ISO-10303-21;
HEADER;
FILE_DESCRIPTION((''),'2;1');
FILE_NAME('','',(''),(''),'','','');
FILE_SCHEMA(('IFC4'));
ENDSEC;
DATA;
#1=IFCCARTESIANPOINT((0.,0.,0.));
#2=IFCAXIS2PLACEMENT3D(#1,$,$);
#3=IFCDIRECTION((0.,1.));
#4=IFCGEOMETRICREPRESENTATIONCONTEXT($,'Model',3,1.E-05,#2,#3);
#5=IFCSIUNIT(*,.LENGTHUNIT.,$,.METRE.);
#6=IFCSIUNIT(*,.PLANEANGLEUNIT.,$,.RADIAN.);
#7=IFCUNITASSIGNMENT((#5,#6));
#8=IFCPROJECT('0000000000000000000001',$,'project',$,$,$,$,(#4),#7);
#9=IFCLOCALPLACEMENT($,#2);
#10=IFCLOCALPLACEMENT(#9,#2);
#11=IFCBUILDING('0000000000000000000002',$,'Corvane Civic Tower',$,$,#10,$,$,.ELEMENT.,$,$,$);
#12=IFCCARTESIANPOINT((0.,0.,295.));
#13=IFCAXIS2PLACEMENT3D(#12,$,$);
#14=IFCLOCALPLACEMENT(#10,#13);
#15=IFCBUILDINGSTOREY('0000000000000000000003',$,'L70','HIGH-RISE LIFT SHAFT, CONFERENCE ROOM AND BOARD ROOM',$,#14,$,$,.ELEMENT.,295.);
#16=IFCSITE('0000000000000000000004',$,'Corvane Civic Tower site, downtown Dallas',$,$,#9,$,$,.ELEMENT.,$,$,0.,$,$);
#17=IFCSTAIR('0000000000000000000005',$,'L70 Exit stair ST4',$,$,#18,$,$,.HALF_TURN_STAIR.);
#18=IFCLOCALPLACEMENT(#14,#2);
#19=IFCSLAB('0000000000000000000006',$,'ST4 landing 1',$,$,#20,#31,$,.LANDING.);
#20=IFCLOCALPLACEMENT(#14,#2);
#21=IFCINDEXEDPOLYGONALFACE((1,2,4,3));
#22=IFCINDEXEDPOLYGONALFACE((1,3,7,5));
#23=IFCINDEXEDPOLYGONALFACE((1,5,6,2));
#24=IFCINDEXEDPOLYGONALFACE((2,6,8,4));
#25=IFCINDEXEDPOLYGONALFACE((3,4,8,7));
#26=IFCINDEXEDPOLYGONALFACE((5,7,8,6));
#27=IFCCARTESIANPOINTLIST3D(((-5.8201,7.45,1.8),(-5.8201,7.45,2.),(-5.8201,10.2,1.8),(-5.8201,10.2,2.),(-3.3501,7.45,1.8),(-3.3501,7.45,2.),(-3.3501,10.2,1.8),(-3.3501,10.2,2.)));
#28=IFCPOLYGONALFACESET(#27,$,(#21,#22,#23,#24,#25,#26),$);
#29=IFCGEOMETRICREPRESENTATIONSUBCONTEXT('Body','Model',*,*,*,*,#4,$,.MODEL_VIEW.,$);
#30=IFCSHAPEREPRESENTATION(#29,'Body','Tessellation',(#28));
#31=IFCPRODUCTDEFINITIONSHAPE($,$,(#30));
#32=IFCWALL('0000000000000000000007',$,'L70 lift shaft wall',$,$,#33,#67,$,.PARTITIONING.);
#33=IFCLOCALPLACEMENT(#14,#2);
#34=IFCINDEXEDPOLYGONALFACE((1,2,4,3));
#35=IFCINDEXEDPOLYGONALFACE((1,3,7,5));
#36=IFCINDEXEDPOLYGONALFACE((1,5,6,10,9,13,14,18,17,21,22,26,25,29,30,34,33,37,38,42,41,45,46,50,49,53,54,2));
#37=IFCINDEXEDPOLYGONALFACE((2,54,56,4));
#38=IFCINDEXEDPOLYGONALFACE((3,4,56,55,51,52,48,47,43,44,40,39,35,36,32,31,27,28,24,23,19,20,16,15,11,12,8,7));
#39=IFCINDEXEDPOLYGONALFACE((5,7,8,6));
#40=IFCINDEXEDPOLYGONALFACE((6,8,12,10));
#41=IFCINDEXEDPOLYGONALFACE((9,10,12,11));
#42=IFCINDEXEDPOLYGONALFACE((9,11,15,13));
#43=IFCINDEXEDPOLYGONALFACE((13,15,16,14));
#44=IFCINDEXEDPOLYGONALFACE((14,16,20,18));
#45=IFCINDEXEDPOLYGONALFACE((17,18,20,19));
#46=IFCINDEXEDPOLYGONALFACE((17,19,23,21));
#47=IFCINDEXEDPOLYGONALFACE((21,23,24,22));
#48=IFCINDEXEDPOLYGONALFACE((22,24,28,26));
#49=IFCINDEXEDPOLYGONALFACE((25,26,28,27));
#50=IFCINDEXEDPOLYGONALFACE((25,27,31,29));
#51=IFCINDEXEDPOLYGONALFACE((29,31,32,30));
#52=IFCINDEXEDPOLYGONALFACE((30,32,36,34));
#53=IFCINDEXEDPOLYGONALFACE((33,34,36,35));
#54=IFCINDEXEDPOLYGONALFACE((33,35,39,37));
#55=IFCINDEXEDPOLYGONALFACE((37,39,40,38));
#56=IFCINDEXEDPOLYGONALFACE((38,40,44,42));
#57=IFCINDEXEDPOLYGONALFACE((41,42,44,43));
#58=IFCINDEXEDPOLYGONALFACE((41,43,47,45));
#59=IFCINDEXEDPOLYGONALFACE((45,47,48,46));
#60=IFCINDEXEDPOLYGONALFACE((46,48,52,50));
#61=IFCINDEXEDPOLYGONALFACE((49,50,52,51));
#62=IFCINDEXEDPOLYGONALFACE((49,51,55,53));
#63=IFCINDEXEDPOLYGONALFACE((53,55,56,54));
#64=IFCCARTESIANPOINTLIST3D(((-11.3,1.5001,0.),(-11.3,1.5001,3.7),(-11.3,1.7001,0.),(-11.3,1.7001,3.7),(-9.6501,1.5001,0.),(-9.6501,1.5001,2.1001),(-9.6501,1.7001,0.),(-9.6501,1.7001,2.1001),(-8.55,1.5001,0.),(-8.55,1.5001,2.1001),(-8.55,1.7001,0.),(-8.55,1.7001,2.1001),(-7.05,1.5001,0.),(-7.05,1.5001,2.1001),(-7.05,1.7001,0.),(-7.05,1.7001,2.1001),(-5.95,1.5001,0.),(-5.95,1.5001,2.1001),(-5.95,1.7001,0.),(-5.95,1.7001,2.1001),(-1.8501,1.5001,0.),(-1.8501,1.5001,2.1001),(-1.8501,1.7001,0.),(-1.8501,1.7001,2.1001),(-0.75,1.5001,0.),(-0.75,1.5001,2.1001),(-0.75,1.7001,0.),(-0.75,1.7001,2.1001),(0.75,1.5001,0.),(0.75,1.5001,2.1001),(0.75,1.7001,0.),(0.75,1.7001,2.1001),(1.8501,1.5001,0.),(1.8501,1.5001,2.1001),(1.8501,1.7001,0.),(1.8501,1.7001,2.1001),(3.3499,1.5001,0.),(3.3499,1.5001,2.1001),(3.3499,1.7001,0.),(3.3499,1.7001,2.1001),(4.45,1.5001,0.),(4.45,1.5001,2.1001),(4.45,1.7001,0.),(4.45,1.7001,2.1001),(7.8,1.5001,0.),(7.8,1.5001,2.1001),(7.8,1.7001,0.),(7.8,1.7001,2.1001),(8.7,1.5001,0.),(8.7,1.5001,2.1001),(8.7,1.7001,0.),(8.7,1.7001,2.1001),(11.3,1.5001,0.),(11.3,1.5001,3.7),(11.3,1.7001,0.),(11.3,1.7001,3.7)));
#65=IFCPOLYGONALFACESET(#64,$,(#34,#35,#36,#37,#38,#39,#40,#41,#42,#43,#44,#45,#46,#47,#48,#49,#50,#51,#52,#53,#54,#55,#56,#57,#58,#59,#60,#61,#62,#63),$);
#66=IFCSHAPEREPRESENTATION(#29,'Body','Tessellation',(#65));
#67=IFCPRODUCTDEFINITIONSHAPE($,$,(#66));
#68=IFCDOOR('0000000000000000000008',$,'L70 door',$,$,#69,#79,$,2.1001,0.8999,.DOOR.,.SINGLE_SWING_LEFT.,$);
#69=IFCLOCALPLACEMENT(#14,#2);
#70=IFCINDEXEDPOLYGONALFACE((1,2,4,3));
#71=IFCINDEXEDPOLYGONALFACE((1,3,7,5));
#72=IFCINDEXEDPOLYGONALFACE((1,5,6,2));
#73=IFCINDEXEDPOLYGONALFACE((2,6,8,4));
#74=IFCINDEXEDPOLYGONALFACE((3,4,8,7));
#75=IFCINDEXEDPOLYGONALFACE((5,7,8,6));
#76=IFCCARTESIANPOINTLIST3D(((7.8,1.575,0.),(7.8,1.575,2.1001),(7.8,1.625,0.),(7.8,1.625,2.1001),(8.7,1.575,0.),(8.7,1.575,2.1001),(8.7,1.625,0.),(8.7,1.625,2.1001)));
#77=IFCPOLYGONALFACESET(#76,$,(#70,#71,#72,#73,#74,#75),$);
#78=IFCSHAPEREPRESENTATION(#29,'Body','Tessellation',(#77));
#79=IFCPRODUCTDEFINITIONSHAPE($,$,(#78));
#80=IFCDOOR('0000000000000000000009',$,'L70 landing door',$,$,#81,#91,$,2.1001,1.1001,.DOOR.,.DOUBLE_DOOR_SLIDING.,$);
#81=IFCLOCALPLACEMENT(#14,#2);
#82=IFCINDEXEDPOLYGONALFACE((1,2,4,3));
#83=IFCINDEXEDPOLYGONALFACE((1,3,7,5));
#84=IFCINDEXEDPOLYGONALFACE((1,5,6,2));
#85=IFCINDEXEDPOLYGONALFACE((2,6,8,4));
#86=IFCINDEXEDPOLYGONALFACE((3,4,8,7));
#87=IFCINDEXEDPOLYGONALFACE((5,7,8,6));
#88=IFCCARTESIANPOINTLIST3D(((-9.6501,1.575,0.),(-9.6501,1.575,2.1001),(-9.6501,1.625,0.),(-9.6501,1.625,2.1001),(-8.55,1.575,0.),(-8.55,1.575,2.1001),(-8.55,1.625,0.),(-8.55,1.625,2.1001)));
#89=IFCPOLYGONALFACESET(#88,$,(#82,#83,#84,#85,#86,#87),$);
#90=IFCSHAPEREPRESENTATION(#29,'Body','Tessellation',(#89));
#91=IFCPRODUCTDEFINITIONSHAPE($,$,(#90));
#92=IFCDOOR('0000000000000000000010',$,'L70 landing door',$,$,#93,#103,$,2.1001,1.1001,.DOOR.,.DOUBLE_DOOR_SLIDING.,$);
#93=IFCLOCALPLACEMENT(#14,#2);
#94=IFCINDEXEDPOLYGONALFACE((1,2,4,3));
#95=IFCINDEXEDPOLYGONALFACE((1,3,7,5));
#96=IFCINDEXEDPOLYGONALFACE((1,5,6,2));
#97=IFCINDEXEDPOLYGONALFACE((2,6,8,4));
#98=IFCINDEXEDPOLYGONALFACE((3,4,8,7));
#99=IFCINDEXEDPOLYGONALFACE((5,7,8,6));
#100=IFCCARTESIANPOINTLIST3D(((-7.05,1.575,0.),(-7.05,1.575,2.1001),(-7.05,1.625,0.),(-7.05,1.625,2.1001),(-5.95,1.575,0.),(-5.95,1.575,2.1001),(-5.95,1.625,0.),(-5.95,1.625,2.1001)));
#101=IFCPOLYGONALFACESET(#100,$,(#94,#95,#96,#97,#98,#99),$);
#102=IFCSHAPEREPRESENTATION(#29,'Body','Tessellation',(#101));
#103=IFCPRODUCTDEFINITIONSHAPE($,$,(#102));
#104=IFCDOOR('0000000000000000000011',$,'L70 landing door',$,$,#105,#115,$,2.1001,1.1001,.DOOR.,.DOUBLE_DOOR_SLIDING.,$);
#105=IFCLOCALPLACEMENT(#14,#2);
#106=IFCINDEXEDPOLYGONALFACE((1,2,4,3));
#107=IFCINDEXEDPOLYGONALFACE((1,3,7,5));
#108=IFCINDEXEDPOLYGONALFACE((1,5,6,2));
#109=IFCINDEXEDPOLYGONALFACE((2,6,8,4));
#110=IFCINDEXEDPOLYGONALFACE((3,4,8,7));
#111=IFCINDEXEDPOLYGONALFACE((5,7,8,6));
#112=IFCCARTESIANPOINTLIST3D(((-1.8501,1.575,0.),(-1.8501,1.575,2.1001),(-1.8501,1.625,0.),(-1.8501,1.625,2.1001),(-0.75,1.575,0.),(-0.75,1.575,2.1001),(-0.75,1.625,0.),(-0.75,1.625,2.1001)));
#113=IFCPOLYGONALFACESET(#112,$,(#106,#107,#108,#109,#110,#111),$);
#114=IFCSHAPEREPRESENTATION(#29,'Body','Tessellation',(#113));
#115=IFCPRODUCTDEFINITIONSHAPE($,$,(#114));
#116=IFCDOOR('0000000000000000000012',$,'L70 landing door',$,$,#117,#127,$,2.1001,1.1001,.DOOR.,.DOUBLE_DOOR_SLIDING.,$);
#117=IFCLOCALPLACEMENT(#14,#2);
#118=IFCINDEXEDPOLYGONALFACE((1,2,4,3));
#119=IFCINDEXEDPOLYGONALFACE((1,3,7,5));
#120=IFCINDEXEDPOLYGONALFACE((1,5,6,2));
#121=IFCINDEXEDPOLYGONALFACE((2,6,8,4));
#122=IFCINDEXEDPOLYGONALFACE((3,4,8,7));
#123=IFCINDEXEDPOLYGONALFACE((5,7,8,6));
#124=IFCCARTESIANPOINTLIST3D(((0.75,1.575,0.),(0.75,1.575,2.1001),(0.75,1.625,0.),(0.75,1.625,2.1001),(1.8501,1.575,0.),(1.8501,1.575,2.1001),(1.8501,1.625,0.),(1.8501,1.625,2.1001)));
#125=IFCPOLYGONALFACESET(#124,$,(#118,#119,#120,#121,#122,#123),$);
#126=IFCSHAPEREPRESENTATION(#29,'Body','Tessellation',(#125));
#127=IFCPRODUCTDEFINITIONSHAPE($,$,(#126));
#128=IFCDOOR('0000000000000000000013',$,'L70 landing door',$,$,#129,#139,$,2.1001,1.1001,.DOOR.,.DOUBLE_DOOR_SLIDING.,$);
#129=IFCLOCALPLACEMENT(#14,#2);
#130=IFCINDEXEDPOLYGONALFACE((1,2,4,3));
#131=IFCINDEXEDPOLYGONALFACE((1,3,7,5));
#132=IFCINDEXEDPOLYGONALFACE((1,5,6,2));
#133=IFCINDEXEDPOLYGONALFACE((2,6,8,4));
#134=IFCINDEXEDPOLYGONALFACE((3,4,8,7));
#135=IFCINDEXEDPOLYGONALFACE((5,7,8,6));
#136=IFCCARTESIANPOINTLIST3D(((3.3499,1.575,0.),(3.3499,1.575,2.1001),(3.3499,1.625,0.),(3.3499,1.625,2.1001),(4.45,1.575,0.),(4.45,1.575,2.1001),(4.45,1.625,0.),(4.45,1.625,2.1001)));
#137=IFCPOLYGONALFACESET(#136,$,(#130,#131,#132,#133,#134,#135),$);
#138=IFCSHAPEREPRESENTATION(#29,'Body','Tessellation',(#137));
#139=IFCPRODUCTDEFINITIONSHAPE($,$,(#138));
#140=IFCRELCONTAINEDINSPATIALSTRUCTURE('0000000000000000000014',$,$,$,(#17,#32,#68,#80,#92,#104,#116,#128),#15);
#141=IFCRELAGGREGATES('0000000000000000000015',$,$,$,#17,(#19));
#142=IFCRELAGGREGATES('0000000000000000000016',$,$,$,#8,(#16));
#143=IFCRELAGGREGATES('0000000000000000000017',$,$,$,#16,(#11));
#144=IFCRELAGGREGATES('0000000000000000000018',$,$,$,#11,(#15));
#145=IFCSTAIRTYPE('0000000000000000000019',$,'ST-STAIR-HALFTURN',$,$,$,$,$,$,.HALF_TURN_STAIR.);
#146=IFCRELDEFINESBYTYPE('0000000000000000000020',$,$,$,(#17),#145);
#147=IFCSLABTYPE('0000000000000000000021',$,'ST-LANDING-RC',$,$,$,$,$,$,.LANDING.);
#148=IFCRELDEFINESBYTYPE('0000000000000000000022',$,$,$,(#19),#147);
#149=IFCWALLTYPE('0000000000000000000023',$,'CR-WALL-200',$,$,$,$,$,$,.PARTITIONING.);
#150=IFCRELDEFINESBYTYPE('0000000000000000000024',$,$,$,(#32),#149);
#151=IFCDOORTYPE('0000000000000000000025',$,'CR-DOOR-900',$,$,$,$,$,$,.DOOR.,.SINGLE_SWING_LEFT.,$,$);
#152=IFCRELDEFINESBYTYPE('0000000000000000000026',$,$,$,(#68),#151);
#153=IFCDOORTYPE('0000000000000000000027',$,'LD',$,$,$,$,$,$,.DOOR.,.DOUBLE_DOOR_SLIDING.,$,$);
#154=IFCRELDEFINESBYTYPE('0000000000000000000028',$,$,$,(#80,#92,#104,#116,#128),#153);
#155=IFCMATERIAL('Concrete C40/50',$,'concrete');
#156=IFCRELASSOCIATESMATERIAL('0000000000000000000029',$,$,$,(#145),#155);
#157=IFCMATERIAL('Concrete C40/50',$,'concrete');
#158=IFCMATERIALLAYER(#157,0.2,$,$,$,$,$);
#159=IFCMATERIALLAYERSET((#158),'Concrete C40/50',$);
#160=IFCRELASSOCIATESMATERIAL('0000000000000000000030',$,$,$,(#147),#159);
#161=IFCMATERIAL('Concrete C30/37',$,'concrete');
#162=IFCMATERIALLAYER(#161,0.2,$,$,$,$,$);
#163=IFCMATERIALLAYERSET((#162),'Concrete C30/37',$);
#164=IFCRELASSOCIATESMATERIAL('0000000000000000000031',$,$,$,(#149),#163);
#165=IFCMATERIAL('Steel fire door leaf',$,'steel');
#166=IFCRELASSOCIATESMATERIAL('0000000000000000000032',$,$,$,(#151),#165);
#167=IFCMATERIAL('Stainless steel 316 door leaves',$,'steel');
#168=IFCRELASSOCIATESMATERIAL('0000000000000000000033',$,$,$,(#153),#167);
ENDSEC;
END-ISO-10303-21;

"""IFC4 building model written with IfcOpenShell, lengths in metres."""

from ifc_helpers import new_model, si_unit, direction, frame, frame_2d, origin, place, context, subcontext, project, spatial, polyline, rectangle, outline, extrude, material, layer, layer_set, type_object, element, fill, aggregate, save


model = new_model("IFC4")

# Units and contexts
model_context = context("Model", 3, precision=1e-05, world=origin(), true_north=direction((0.0, 1.0)))
body_context = subcontext(model_context, "Body", "Model", "MODEL_VIEW")
ifc_project = project(units=[si_unit("LENGTHUNIT", "METRE"), si_unit("PLANEANGLEUNIT", "RADIAN")], contexts=[model_context])

# Site, building, storey
site_placement = place(None, origin())
site = spatial("IfcSite", under=ifc_project, at=site_placement, Name="Corvane Civic Tower site, downtown Dallas", CompositionType="ELEMENT", RefElevation=0.0)
building_placement = place(site_placement, origin())
building = spatial("IfcBuilding", under=site, at=building_placement, Name="Corvane Civic Tower", CompositionType="ELEMENT")
storey_placement = place(building_placement, frame((0.0, 0.0, 295.0)))
storey = spatial("IfcBuildingStorey", under=building, at=storey_placement, Name="L70", Description="HIGH-RISE LIFT SHAFT, CONFERENCE ROOM AND BOARD ROOM", CompositionType="ELEMENT", Elevation=295.0)

# Stair, slab
ifc_material_1 = material(Name="Concrete C40/50", Category="concrete")
stair_type = type_object("IfcStairType", Name="ST-STAIR-HALFTURN", PredefinedType="HALF_TURN_STAIR", material=ifc_material_1)
ifc_material_2 = material(Name="Concrete C40/50", Category="concrete")
ifc_layer_1 = layer(ifc_material_2, 0.2)
ifc_layer_set_1 = layer_set([ifc_layer_1], Name="Concrete C40/50")
slab_type_1 = type_object("IfcSlabType", Name="ST-LANDING-RC", PredefinedType="LANDING", material=ifc_layer_set_1)
stair_1_placement = place(storey_placement, origin())
stair_1 = element("IfcStair", 1, at=stair_1_placement, inside=storey, type_object=stair_type, Name="L70 Exit stair ST4", PredefinedType="HALF_TURN_STAIR")
slab_1_placement = place(storey_placement, frame((0.0, 0.0, 1.8)))
slab_1 = element("IfcSlab", 2, at=slab_1_placement, type_object=slab_type_1, Name="ST4 landing 1", PredefinedType="LANDING", context=body_context, shape_type="SweptSolid", body=[
    extrude(outline(polyline([(-5.8201, 7.45), (-3.3501, 7.45), (-3.3501, 10.2), (-5.8201, 10.2), (-5.8201, 7.45)])), origin(), (0.0, 0.0, 1.0), 0.2),
])

# Wall, openings, doors
ifc_material_3 = material(Name="Concrete C30/37", Category="concrete")
ifc_layer_2 = layer(ifc_material_3, 0.2)
ifc_layer_set_2 = layer_set([ifc_layer_2], Name="Concrete C30/37")
wall_type_1 = type_object("IfcWallType", Name="CR-WALL-200", PredefinedType="PARTITIONING", material=ifc_layer_set_2)
wall_1_placement = place(storey_placement, frame((-11.3, 1.6001, 0.0), z_axis=(0.0, 0.0, 1.0), x_axis=(1.0, 0.0, 0.0)))
wall_1 = element("IfcWall", 3, at=wall_1_placement, inside=storey, type_object=wall_type_1, Name="L70 lift shaft wall", PredefinedType="PARTITIONING", context=body_context, shape_type="SweptSolid", body=[
    extrude(rectangle(XDim=22.6001, YDim=0.2, at=frame_2d((11.3, 0.0))), origin(), (0.0, 0.0, 1.0), 3.7),
])
opening_1_placement = place(wall_1_placement, frame((1.6499, 0.0, 0.0)))
opening_1 = element("IfcOpeningElement", 4, at=opening_1_placement, cuts=wall_1, PredefinedType="OPENING", context=body_context, shape_type="SweptSolid", body=[
    extrude(rectangle(XDim=1.1001, YDim=2.1001, at=frame_2d((0.55, 1.05))), frame((0.0, 0.1099, 0.0), z_axis=(0.0, -1.0, 0.0), x_axis=(1.0, 0.0, 0.0)), (0.0, 0.0, 1.0), 0.22),
])
opening_2_placement = place(wall_1_placement, frame((4.25, 0.0, 0.0)))
opening_2 = element("IfcOpeningElement", 5, at=opening_2_placement, cuts=wall_1, PredefinedType="OPENING", context=body_context, shape_type="SweptSolid", body=[
    extrude(rectangle(XDim=1.1001, YDim=2.1001, at=frame_2d((0.55, 1.05))), frame((0.0, 0.1099, 0.0), z_axis=(0.0, -1.0, 0.0), x_axis=(1.0, 0.0, 0.0)), (0.0, 0.0, 1.0), 0.22),
])
opening_3_placement = place(wall_1_placement, frame((9.45, 0.0, 0.0)))
opening_3 = element("IfcOpeningElement", 6, at=opening_3_placement, cuts=wall_1, PredefinedType="OPENING", context=body_context, shape_type="SweptSolid", body=[
    extrude(rectangle(XDim=1.1001, YDim=2.1001, at=frame_2d((0.55, 1.05))), frame((0.0, 0.1099, 0.0), z_axis=(0.0, -1.0, 0.0), x_axis=(1.0, 0.0, 0.0)), (0.0, 0.0, 1.0), 0.22),
])
opening_4_placement = place(wall_1_placement, frame((12.05, 0.0, 0.0)))
opening_4 = element("IfcOpeningElement", 7, at=opening_4_placement, cuts=wall_1, PredefinedType="OPENING", context=body_context, shape_type="SweptSolid", body=[
    extrude(rectangle(XDim=1.1001, YDim=2.1001, at=frame_2d((0.55, 1.05))), frame((0.0, 0.1099, 0.0), z_axis=(0.0, -1.0, 0.0), x_axis=(1.0, 0.0, 0.0)), (0.0, 0.0, 1.0), 0.22),
])
opening_5_placement = place(wall_1_placement, frame((14.6499, 0.0, 0.0)))
opening_5 = element("IfcOpeningElement", 8, at=opening_5_placement, cuts=wall_1, PredefinedType="OPENING", context=body_context, shape_type="SweptSolid", body=[
    extrude(rectangle(XDim=1.1001, YDim=2.1001, at=frame_2d((0.55, 1.05))), frame((0.0, 0.1099, 0.0), z_axis=(0.0, -1.0, 0.0), x_axis=(1.0, 0.0, 0.0)), (0.0, 0.0, 1.0), 0.22),
])
opening_6_placement = place(wall_1_placement, frame((19.1001, 0.0, 0.0)))
opening_6 = element("IfcOpeningElement", 9, at=opening_6_placement, cuts=wall_1, PredefinedType="OPENING", context=body_context, shape_type="SweptSolid", body=[
    extrude(rectangle(XDim=0.8999, YDim=2.1001, at=frame_2d((0.45, 1.05))), frame((0.0, 0.1099, 0.0), z_axis=(0.0, -1.0, 0.0), x_axis=(1.0, 0.0, 0.0)), (0.0, 0.0, 1.0), 0.22),
])
ifc_material_4 = material(Name="Steel fire door leaf", Category="steel")
door_type_1 = type_object("IfcDoorType", Name="CR-DOOR-900", OperationType="SINGLE_SWING_LEFT", PredefinedType="DOOR", material=ifc_material_4)
door_1_placement = place(opening_6_placement, origin())
door_1 = element("IfcDoor", 10, at=door_1_placement, inside=storey, type_object=door_type_1, Name="L70 door", OperationType="SINGLE_SWING_LEFT", OverallHeight=2.1001, OverallWidth=0.8999, PredefinedType="DOOR", context=body_context, shape_type="SweptSolid", body=[
    extrude(rectangle(XDim=0.8999, YDim=2.1001, at=frame_2d((0.45, 1.05))), frame((0.0, 0.0249, 0.0), z_axis=(0.0, -1.0, 0.0), x_axis=(1.0, 0.0, 0.0)), (0.0, 0.0, 1.0), 0.05),
])
fill(opening_6, door_1)
ifc_material_5 = material(Name="Stainless steel 316 door leaves", Category="steel")
door_type_2 = type_object("IfcDoorType", Name="LD", OperationType="DOUBLE_DOOR_SLIDING", PredefinedType="DOOR", material=ifc_material_5)
door_2_placement = place(opening_1_placement, origin())
door_2 = element("IfcDoor", 11, at=door_2_placement, inside=storey, type_object=door_type_2, Name="L70 landing door", OperationType="DOUBLE_DOOR_SLIDING", OverallHeight=2.1001, OverallWidth=1.1001, PredefinedType="DOOR", context=body_context, shape_type="SweptSolid", body=[
    extrude(rectangle(XDim=1.1001, YDim=2.1001, at=frame_2d((0.55, 1.05))), frame((0.0, 0.0249, 0.0), z_axis=(0.0, -1.0, 0.0), x_axis=(1.0, 0.0, 0.0)), (0.0, 0.0, 1.0), 0.05),
])
fill(opening_1, door_2)
door_3_placement = place(opening_2_placement, origin())
door_3 = element("IfcDoor", 12, at=door_3_placement, inside=storey, type_object=door_type_2, Name="L70 landing door", OperationType="DOUBLE_DOOR_SLIDING", OverallHeight=2.1001, OverallWidth=1.1001, PredefinedType="DOOR", context=body_context, shape_type="SweptSolid", body=[
    extrude(rectangle(XDim=1.1001, YDim=2.1001, at=frame_2d((0.55, 1.05))), frame((0.0, 0.0249, 0.0), z_axis=(0.0, -1.0, 0.0), x_axis=(1.0, 0.0, 0.0)), (0.0, 0.0, 1.0), 0.05),
])
fill(opening_2, door_3)
door_4_placement = place(opening_3_placement, origin())
door_4 = element("IfcDoor", 13, at=door_4_placement, inside=storey, type_object=door_type_2, Name="L70 landing door", OperationType="DOUBLE_DOOR_SLIDING", OverallHeight=2.1001, OverallWidth=1.1001, PredefinedType="DOOR", context=body_context, shape_type="SweptSolid", body=[
    extrude(rectangle(XDim=1.1001, YDim=2.1001, at=frame_2d((0.55, 1.05))), frame((0.0, 0.0249, 0.0), z_axis=(0.0, -1.0, 0.0), x_axis=(1.0, 0.0, 0.0)), (0.0, 0.0, 1.0), 0.05),
])
fill(opening_3, door_4)
door_5_placement = place(opening_4_placement, origin())
door_5 = element("IfcDoor", 14, at=door_5_placement, inside=storey, type_object=door_type_2, Name="L70 landing door", OperationType="DOUBLE_DOOR_SLIDING", OverallHeight=2.1001, OverallWidth=1.1001, PredefinedType="DOOR", context=body_context, shape_type="SweptSolid", body=[
    extrude(rectangle(XDim=1.1001, YDim=2.1001, at=frame_2d((0.55, 1.05))), frame((0.0, 0.0249, 0.0), z_axis=(0.0, -1.0, 0.0), x_axis=(1.0, 0.0, 0.0)), (0.0, 0.0, 1.0), 0.05),
])
fill(opening_4, door_5)
door_6_placement = place(opening_5_placement, origin())
door_6 = element("IfcDoor", 15, at=door_6_placement, inside=storey, type_object=door_type_2, Name="L70 landing door", OperationType="DOUBLE_DOOR_SLIDING", OverallHeight=2.1001, OverallWidth=1.1001, PredefinedType="DOOR", context=body_context, shape_type="SweptSolid", body=[
    extrude(rectangle(XDim=1.1001, YDim=2.1001, at=frame_2d((0.55, 1.05))), frame((0.0, 0.0249, 0.0), z_axis=(0.0, -1.0, 0.0), x_axis=(1.0, 0.0, 0.0)), (0.0, 0.0, 1.0), 0.05),
])
fill(opening_5, door_6)

aggregate(stair_1, [slab_1])

save(model, "model.ifc")
